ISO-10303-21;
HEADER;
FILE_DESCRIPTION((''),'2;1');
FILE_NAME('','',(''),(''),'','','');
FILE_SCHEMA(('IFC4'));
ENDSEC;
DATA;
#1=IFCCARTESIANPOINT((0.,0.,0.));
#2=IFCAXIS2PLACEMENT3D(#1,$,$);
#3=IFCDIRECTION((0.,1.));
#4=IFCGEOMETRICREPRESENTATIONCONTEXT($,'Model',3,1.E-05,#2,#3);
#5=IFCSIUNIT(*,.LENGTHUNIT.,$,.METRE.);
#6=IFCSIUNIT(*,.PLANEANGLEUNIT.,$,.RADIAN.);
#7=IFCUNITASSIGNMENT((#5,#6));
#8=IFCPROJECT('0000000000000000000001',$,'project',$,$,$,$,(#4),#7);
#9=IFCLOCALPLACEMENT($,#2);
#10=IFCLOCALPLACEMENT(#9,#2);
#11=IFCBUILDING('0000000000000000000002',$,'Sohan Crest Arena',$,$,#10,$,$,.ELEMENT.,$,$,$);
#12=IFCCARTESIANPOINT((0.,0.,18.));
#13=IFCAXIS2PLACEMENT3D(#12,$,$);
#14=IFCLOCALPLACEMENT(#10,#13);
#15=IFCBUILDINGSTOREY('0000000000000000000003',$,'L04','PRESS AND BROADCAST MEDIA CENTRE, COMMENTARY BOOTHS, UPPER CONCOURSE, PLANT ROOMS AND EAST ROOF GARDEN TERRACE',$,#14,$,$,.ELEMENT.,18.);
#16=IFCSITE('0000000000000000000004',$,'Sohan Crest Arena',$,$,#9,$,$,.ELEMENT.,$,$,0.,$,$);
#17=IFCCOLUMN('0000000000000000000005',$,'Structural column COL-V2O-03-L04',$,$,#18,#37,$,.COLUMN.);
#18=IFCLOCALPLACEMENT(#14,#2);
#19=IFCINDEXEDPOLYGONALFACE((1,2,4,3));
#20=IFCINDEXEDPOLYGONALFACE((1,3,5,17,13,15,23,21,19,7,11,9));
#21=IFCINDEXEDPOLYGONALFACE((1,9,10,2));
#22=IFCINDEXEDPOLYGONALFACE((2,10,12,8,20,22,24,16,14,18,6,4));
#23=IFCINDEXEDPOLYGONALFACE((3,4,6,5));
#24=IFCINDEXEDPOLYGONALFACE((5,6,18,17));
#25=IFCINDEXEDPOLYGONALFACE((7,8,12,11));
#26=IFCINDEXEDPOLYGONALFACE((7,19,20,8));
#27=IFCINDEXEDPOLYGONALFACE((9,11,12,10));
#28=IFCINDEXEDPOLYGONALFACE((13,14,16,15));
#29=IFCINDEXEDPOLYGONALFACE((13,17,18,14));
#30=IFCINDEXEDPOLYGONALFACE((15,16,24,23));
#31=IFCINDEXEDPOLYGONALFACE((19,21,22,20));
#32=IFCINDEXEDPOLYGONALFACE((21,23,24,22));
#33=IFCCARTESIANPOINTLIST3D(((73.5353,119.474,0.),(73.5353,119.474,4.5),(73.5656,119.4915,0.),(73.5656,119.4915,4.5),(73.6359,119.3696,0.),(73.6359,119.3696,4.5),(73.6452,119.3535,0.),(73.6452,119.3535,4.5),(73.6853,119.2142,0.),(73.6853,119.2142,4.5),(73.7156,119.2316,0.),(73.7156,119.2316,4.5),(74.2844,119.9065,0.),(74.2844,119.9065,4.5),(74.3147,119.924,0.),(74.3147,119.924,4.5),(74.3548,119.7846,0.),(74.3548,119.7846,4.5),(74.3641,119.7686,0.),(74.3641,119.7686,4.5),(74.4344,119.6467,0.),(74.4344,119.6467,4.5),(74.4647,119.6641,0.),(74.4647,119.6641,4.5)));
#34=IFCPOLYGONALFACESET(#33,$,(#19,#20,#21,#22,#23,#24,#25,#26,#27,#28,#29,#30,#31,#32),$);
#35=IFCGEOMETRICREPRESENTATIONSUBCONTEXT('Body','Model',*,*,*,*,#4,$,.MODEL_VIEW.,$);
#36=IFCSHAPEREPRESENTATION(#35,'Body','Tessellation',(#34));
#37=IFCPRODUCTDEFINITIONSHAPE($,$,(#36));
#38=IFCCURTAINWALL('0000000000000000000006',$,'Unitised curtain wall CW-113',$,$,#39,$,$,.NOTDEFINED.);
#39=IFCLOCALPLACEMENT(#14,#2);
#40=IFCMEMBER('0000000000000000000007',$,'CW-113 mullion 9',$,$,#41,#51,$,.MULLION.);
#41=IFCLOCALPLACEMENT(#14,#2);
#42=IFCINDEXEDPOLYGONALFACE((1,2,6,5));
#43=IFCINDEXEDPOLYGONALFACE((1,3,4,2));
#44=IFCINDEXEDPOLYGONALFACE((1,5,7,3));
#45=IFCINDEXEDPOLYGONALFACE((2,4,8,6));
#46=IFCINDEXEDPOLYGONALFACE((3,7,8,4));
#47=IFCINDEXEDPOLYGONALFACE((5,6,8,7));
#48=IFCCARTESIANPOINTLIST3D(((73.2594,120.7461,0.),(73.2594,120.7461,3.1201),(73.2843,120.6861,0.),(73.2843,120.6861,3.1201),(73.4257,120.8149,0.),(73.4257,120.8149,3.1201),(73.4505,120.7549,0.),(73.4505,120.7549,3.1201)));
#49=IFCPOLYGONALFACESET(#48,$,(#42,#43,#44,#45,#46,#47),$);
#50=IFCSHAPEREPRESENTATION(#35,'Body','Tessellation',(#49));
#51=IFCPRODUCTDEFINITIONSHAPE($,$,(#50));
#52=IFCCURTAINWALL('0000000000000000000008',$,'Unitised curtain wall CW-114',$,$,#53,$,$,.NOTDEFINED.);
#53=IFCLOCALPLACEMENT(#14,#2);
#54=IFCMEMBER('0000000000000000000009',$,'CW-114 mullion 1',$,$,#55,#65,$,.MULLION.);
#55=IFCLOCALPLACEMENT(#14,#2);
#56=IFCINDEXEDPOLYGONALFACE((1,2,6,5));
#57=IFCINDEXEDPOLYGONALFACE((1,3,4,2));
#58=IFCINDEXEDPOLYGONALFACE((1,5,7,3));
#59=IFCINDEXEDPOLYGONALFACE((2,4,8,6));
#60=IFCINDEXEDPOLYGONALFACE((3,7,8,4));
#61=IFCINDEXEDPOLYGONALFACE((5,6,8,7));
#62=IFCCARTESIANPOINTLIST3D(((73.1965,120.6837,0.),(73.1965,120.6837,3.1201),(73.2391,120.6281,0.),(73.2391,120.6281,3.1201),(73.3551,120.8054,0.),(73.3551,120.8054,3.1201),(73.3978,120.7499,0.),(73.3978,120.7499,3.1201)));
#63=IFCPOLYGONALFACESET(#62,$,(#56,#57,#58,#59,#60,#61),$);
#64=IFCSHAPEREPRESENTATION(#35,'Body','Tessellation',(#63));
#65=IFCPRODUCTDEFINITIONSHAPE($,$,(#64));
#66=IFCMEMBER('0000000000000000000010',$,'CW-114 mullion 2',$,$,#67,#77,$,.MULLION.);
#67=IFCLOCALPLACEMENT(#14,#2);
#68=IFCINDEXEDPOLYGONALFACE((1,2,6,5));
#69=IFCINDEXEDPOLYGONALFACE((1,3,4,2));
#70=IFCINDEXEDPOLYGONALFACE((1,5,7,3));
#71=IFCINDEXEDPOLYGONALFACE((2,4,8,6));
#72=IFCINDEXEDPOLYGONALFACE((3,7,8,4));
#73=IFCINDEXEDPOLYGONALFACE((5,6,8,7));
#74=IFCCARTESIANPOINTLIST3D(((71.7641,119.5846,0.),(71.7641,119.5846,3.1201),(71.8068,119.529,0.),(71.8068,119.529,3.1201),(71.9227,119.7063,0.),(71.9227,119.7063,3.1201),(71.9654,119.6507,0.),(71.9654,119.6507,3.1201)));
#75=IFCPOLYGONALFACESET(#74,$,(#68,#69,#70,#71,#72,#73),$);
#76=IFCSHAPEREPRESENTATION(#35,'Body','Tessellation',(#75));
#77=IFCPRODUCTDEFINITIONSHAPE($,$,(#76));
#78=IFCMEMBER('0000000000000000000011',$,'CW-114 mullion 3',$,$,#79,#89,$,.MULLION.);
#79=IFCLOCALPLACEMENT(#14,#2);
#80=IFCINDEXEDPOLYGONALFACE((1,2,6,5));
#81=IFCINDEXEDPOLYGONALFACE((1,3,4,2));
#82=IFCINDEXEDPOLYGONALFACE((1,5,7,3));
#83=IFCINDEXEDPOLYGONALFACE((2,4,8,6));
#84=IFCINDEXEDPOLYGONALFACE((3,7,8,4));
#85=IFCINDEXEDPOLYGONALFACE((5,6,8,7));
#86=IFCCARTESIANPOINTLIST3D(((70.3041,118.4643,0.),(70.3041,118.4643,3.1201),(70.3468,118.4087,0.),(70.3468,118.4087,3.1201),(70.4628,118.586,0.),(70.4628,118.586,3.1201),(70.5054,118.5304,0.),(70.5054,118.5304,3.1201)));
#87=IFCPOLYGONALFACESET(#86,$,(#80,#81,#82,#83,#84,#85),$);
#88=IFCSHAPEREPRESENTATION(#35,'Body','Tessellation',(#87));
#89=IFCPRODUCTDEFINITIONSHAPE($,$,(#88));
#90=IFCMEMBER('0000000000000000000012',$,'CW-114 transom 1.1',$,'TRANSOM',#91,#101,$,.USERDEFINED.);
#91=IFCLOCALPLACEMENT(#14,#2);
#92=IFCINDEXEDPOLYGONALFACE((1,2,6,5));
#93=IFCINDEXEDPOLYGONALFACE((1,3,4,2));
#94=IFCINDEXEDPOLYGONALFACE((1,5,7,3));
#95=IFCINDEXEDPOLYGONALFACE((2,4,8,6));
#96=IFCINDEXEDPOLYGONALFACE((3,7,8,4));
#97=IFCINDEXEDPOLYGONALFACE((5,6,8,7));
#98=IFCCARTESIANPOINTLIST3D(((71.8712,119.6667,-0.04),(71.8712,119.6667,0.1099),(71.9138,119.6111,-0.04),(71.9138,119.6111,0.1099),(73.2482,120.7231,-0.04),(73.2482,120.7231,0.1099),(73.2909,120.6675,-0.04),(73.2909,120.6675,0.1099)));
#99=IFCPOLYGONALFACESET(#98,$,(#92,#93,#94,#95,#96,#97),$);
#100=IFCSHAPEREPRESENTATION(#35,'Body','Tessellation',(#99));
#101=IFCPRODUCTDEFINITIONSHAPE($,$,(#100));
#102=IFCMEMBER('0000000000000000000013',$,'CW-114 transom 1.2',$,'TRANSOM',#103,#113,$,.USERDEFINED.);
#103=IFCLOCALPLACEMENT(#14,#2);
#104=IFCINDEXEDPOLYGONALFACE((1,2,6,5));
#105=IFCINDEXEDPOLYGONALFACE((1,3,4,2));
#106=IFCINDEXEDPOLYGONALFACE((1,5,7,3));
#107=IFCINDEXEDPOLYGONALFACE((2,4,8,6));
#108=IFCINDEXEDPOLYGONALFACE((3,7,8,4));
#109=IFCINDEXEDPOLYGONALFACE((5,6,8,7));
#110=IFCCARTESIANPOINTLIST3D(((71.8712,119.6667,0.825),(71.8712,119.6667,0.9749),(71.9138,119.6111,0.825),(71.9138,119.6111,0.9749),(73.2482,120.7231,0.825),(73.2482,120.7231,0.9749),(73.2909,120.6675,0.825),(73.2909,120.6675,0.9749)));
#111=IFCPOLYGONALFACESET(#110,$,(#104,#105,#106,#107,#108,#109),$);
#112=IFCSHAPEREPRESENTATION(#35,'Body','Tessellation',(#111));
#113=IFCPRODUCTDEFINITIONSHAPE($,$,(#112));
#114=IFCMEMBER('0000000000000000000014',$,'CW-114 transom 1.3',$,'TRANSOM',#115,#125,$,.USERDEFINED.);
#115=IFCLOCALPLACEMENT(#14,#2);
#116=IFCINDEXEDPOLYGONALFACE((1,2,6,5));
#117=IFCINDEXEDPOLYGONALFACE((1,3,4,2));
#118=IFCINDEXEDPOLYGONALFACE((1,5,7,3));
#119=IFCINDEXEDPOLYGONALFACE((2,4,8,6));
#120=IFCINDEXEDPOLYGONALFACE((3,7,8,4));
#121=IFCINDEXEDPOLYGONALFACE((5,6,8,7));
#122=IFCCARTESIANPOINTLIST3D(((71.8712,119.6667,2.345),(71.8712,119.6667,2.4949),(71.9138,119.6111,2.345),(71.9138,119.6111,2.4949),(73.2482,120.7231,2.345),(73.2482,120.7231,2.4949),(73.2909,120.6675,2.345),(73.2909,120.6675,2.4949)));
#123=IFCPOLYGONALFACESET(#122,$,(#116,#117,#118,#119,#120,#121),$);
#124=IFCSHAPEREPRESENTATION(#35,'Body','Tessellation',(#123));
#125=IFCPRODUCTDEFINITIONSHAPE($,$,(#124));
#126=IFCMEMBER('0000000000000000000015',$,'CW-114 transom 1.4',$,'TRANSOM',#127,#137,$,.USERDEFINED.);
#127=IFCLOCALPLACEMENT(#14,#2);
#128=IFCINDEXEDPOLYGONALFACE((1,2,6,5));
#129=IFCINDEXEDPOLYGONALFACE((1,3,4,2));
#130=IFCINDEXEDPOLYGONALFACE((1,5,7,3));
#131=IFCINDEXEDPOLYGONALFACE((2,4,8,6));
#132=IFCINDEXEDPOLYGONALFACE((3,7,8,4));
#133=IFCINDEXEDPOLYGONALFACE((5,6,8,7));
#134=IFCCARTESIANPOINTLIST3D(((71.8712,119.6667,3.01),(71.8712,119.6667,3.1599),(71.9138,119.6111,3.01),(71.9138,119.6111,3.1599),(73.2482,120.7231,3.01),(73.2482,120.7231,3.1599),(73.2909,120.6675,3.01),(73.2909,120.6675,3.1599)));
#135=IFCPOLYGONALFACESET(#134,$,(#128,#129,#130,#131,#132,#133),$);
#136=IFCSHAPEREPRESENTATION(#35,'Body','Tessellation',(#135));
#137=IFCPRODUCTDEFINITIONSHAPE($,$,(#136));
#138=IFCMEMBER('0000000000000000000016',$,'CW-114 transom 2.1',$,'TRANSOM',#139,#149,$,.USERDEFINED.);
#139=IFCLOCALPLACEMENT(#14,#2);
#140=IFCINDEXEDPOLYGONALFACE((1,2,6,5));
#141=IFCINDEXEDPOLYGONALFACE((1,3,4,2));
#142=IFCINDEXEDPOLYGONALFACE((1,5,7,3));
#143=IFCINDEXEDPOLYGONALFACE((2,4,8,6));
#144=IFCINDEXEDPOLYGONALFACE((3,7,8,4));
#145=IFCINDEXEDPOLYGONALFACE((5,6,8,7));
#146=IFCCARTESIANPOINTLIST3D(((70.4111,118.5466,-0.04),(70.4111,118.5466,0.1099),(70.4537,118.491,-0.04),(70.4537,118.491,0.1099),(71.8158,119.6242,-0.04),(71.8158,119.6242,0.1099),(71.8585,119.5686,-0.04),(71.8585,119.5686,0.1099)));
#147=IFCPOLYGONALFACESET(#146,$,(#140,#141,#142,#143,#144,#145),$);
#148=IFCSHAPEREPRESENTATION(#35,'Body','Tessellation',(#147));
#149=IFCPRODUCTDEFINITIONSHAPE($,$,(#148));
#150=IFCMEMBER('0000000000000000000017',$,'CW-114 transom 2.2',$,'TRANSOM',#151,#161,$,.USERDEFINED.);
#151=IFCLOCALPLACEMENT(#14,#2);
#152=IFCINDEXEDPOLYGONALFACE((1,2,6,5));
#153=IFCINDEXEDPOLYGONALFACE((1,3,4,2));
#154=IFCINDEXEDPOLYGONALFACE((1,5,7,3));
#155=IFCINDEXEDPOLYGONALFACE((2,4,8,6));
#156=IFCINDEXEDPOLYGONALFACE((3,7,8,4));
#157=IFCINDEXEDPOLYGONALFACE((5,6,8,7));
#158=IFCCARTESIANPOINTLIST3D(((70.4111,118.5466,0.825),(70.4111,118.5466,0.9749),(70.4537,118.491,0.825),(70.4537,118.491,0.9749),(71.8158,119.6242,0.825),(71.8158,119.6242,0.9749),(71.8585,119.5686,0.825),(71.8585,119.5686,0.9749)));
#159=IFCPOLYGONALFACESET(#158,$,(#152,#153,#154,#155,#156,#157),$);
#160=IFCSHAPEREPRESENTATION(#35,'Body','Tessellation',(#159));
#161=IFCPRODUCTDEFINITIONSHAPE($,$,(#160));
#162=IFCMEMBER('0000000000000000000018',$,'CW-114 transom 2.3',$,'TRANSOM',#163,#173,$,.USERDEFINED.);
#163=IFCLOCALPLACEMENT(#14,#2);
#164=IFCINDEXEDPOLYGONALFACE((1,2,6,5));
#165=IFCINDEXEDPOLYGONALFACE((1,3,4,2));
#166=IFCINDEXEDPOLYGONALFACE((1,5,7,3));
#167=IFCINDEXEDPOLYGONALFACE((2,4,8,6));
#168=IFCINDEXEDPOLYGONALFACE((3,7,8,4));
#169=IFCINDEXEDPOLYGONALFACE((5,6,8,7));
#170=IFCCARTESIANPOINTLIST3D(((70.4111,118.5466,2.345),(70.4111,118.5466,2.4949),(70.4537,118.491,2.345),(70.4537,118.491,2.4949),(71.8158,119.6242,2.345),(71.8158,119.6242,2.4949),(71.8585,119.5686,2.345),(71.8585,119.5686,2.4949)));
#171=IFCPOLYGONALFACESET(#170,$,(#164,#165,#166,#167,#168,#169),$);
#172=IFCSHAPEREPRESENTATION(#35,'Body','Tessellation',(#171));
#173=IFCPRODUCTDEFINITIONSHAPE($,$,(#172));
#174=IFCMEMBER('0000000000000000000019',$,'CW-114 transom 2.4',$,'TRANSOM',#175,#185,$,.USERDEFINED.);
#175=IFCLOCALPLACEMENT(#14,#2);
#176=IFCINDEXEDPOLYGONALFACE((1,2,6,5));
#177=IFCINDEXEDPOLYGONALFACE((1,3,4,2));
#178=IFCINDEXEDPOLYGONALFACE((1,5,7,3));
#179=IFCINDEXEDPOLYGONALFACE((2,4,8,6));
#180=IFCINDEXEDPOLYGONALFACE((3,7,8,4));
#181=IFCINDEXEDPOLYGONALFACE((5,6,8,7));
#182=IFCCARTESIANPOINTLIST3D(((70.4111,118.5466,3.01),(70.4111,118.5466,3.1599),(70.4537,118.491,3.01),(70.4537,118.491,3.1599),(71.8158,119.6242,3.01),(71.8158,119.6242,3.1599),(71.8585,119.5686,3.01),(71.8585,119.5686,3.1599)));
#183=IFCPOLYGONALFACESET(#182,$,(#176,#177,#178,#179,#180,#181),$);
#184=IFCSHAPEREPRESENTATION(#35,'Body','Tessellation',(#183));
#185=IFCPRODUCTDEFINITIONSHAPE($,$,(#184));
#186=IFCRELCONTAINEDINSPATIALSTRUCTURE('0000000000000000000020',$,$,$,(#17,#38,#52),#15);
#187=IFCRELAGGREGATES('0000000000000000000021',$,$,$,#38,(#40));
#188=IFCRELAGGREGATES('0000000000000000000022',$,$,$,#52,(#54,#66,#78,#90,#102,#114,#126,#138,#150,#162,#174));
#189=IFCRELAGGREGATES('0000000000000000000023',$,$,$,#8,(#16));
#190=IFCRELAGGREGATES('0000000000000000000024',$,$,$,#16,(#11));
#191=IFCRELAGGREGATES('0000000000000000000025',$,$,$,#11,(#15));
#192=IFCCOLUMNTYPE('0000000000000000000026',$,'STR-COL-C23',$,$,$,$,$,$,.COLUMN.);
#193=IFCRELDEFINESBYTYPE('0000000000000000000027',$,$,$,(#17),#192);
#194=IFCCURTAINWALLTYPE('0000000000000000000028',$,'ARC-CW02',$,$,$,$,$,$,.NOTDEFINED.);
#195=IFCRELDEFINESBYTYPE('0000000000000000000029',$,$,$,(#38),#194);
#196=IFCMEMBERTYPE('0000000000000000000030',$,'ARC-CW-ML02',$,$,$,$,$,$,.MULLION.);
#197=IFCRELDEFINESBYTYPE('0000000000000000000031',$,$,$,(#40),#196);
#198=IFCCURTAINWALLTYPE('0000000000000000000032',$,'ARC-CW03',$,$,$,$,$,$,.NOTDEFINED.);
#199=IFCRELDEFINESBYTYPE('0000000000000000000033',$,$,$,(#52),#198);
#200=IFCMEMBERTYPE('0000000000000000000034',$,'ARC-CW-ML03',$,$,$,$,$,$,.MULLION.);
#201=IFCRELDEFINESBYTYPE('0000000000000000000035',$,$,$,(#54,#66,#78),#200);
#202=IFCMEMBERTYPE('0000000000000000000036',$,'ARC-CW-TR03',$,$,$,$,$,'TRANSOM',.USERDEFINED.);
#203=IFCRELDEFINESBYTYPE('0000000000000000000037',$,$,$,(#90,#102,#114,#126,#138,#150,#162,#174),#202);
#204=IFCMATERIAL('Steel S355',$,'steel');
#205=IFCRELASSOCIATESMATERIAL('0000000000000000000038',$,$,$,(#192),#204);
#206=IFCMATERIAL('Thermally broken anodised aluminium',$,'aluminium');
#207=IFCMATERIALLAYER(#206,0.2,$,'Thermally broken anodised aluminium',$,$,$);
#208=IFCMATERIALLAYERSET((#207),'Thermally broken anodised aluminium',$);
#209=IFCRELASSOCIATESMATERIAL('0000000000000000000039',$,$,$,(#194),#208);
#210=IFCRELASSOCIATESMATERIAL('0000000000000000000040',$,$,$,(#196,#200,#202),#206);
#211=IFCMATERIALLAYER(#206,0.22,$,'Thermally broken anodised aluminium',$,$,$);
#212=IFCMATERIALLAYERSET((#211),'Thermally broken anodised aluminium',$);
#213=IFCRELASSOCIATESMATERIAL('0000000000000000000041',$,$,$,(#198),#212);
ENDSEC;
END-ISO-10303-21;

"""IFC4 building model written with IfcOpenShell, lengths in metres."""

from ifc_helpers import new_model, si_unit, direction, frame, origin, origin_2d, place, context, subcontext, project, spatial, rectangle, i_section, extrude, material, layer, layer_set, material_profile, profile_set, type_object, element, aggregate, save


model = new_model("IFC4")

# Units and contexts
model_context = context("Model", 3, precision=1e-05, world=origin(), true_north=direction((0.0, 1.0)))
body_context = subcontext(model_context, "Body", "Model", "MODEL_VIEW")
ifc_project = project(units=[si_unit("LENGTHUNIT", "METRE"), si_unit("PLANEANGLEUNIT", "RADIAN")], contexts=[model_context])

# Site, building, storey
site_placement = place(None, origin())
site = spatial("IfcSite", under=ifc_project, at=site_placement, Name="Sohan Crest Arena", CompositionType="ELEMENT", RefElevation=0.0)
building_placement = place(site_placement, origin())
building = spatial("IfcBuilding", under=site, at=building_placement, Name="Sohan Crest Arena", CompositionType="ELEMENT")
storey_placement = place(building_placement, frame((0.0, 0.0, 18.0)))
storey = spatial("IfcBuildingStorey", under=building, at=storey_placement, Name="L04", Description="PRESS AND BROADCAST MEDIA CENTRE, COMMENTARY BOOTHS, UPPER CONCOURSE, PLANT ROOMS AND EAST ROOF GARDEN TERRACE", CompositionType="ELEMENT", Elevation=18.0)

# Column
ifc_material_1 = material(Name="Steel S355", Category="steel")
ifc_material_profile_1 = material_profile(ifc_material_1, i_section(OverallWidth=0.3, OverallDepth=0.8999, WebThickness=0.0186, FlangeThickness=0.0349, at=origin_2d()), Name="HEB 900")
ifc_profile_set_1 = profile_set([ifc_material_profile_1], Name="Steel S355")
column_type = type_object("IfcColumnType", Name="STR-COL-C23", PredefinedType="COLUMN", material=ifc_profile_set_1)
column_placement = place(storey_placement, frame((74.0, 119.5691, 0.0), z_axis=(0.0, 0.0, 1.0), x_axis=(-0.5, 0.866025, 0.0)))
element("IfcColumn", 1, at=column_placement, inside=storey, type_object=column_type, Name="Structural column COL-V2O-03-L04", PredefinedType="COLUMN", context=body_context, shape_type="SweptSolid", body=[
    extrude(i_section(OverallWidth=0.3, OverallDepth=0.8999, WebThickness=0.0186, FlangeThickness=0.0349, at=origin_2d()), origin(), (0.0, 0.0, 1.0), 4.5),
])

# Curtain wall, member
ifc_material_2 = material(Name="Thermally broken anodised aluminium", Category="aluminium")
ifc_layer_1 = layer(ifc_material_2, 0.2, Name="Thermally broken anodised aluminium")
ifc_layer_set_1 = layer_set([ifc_layer_1], Name="Thermally broken anodised aluminium")
curtain_wall_type_1 = type_object("IfcCurtainWallType", Name="ARC-CW02", PredefinedType="NOTDEFINED", material=ifc_layer_set_1)
curtain_wall_1_placement = place(storey_placement, origin())
curtain_wall_1 = element("IfcCurtainWall", 2, at=curtain_wall_1_placement, inside=storey, type_object=curtain_wall_type_1, Name="Unitised curtain wall CW-113", PredefinedType="NOTDEFINED")
ifc_material_profile_2 = material_profile(ifc_material_2, rectangle(XDim=0.0649, YDim=0.1799, at=origin_2d()), Name="ALU-MULL 65x180")
ifc_profile_set_2 = profile_set([ifc_material_profile_2], Name="Thermally broken anodised aluminium")
member_type_1 = type_object("IfcMemberType", Name="ARC-CW-ML02", PredefinedType="MULLION", material=ifc_profile_set_2)
member_1_placement = place(storey_placement, frame((73.355, 120.7505, 0.0), z_axis=(0.0, 0.0, 1.0), x_axis=(0.382685, -0.923879, 0.0)))
member_1 = element("IfcMember", 3, at=member_1_placement, type_object=member_type_1, Name="CW-113 mullion 9", PredefinedType="MULLION", context=body_context, shape_type="SweptSolid", body=[
    extrude(rectangle(XDim=0.0649, YDim=0.1799, at=origin_2d()), origin(), (0.0, 0.0, 1.0), 3.1201),
])
aggregate(curtain_wall_1, [member_1])

# Curtain wall, members
ifc_layer_2 = layer(ifc_material_2, 0.22, Name="Thermally broken anodised aluminium")
ifc_layer_set_2 = layer_set([ifc_layer_2], Name="Thermally broken anodised aluminium")
curtain_wall_type_2 = type_object("IfcCurtainWallType", Name="ARC-CW03", PredefinedType="NOTDEFINED", material=ifc_layer_set_2)
curtain_wall_2_placement = place(storey_placement, origin())
curtain_wall_2 = element("IfcCurtainWall", 4, at=curtain_wall_2_placement, inside=storey, type_object=curtain_wall_type_2, Name="Unitised curtain wall CW-114", PredefinedType="NOTDEFINED")
ifc_material_profile_3 = material_profile(ifc_material_2, rectangle(XDim=0.0701, YDim=0.2, at=origin_2d()), Name="ALU-MULL 70x200")
ifc_profile_set_3 = profile_set([ifc_material_profile_3], Name="Thermally broken anodised aluminium")
member_type_2 = type_object("IfcMemberType", Name="ARC-CW-ML03", PredefinedType="MULLION", material=ifc_profile_set_3)
member_2_placement = place(storey_placement, frame((73.2971, 120.7168, 0.0), z_axis=(0.0, 0.0, 1.0), x_axis=(0.60872, -0.793385, 0.0)))
member_2 = element("IfcMember", 5, at=member_2_placement, type_object=member_type_2, Name="CW-114 mullion 1", PredefinedType="MULLION", context=body_context, shape_type="SweptSolid", body=[
    extrude(rectangle(XDim=0.0701, YDim=0.2, at=origin_2d()), origin(), (0.0, 0.0, 1.0), 3.1201),
])
member_3_placement = place(storey_placement, frame((71.8647, 119.6177, 0.0), z_axis=(0.0, 0.0, 1.0), x_axis=(0.60872, -0.793385, 0.0)))
member_3 = element("IfcMember", 6, at=member_3_placement, type_object=member_type_2, Name="CW-114 mullion 2", PredefinedType="MULLION", context=body_context, shape_type="SweptSolid", body=[
    extrude(rectangle(XDim=0.0701, YDim=0.2, at=origin_2d()), origin(), (0.0, 0.0, 1.0), 3.1201),
])
member_4_placement = place(storey_placement, frame((70.4048, 118.4973, 0.0), z_axis=(0.0, 0.0, 1.0), x_axis=(0.60872, -0.793385, 0.0)))
member_4 = element("IfcMember", 7, at=member_4_placement, type_object=member_type_2, Name="CW-114 mullion 3", PredefinedType="MULLION", context=body_context, shape_type="SweptSolid", body=[
    extrude(rectangle(XDim=0.0701, YDim=0.2, at=origin_2d()), origin(), (0.0, 0.0, 1.0), 3.1201),
])
ifc_material_profile_4 = material_profile(ifc_material_2, rectangle(XDim=0.0701, YDim=0.1499, at=origin_2d()), Name="ALU-TRAN 70x150")
ifc_profile_set_4 = profile_set([ifc_material_profile_4], Name="Thermally broken anodised aluminium")
member_type_3 = type_object("IfcMemberType", Name="ARC-CW-TR03", ElementType="TRANSOM", PredefinedType="USERDEFINED", material=ifc_profile_set_4)
member_5_placement = place(storey_placement, frame((73.2695, 120.6953, 0.0349), z_axis=(-0.793403, -0.608697, 0.0), x_axis=(0.608697, -0.793403, 0.0)))
member_5 = element("IfcMember", 8, at=member_5_placement, type_object=member_type_3, Name="CW-114 transom 1.1", ObjectType="TRANSOM", PredefinedType="USERDEFINED", context=body_context, shape_type="SweptSolid", body=[
    extrude(rectangle(XDim=0.0701, YDim=0.1499, at=origin_2d()), origin(), (0.0, 0.0, 1.0), 1.7356),
])
member_6_placement = place(storey_placement, frame((73.2695, 120.6953, 0.8999), z_axis=(-0.793403, -0.608697, 0.0), x_axis=(0.608697, -0.793403, 0.0)))
member_6 = element("IfcMember", 9, at=member_6_placement, type_object=member_type_3, Name="CW-114 transom 1.2", ObjectType="TRANSOM", PredefinedType="USERDEFINED", context=body_context, shape_type="SweptSolid", body=[
    extrude(rectangle(XDim=0.0701, YDim=0.1499, at=origin_2d()), origin(), (0.0, 0.0, 1.0), 1.7356),
])
member_7_placement = place(storey_placement, frame((73.2695, 120.6953, 2.4199), z_axis=(-0.793403, -0.608697, 0.0), x_axis=(0.608697, -0.793403, 0.0)))
member_7 = element("IfcMember", 10, at=member_7_placement, type_object=member_type_3, Name="CW-114 transom 1.3", ObjectType="TRANSOM", PredefinedType="USERDEFINED", context=body_context, shape_type="SweptSolid", body=[
    extrude(rectangle(XDim=0.0701, YDim=0.1499, at=origin_2d()), origin(), (0.0, 0.0, 1.0), 1.7356),
])
member_8_placement = place(storey_placement, frame((73.2695, 120.6953, 3.085), z_axis=(-0.793403, -0.608697, 0.0), x_axis=(0.608697, -0.793403, 0.0)))
member_8 = element("IfcMember", 11, at=member_8_placement, type_object=member_type_3, Name="CW-114 transom 1.4", ObjectType="TRANSOM", PredefinedType="USERDEFINED", context=body_context, shape_type="SweptSolid", body=[
    extrude(rectangle(XDim=0.0701, YDim=0.1499, at=origin_2d()), origin(), (0.0, 0.0, 1.0), 1.7356),
])
member_9_placement = place(storey_placement, frame((71.8372, 119.5964, 0.0349), z_axis=(-0.793433, -0.608657, 0.0), x_axis=(0.608657, -0.793433, 0.0)))
member_9 = element("IfcMember", 12, at=member_9_placement, type_object=member_type_3, Name="CW-114 transom 2.1", ObjectType="TRANSOM", PredefinedType="USERDEFINED", context=body_context, shape_type="SweptSolid", body=[
    extrude(rectangle(XDim=0.0701, YDim=0.1499, at=origin_2d()), origin(), (0.0, 0.0, 1.0), 1.7705),
])
member_10_placement = place(storey_placement, frame((71.8372, 119.5964, 0.8999), z_axis=(-0.793433, -0.608657, 0.0), x_axis=(0.608657, -0.793433, 0.0)))
member_10 = element("IfcMember", 13, at=member_10_placement, type_object=member_type_3, Name="CW-114 transom 2.2", ObjectType="TRANSOM", PredefinedType="USERDEFINED", context=body_context, shape_type="SweptSolid", body=[
    extrude(rectangle(XDim=0.0701, YDim=0.1499, at=origin_2d()), origin(), (0.0, 0.0, 1.0), 1.7705),
])
member_11_placement = place(storey_placement, frame((71.8372, 119.5964, 2.4199), z_axis=(-0.793433, -0.608657, 0.0), x_axis=(0.608657, -0.793433, 0.0)))
member_11 = element("IfcMember", 14, at=member_11_placement, type_object=member_type_3, Name="CW-114 transom 2.3", ObjectType="TRANSOM", PredefinedType="USERDEFINED", context=body_context, shape_type="SweptSolid", body=[
    extrude(rectangle(XDim=0.0701, YDim=0.1499, at=origin_2d()), origin(), (0.0, 0.0, 1.0), 1.7705),
])
member_12_placement = place(storey_placement, frame((71.8372, 119.5964, 3.085), z_axis=(-0.793433, -0.608657, 0.0), x_axis=(0.608657, -0.793433, 0.0)))
member_12 = element("IfcMember", 15, at=member_12_placement, type_object=member_type_3, Name="CW-114 transom 2.4", ObjectType="TRANSOM", PredefinedType="USERDEFINED", context=body_context, shape_type="SweptSolid", body=[
    extrude(rectangle(XDim=0.0701, YDim=0.1499, at=origin_2d()), origin(), (0.0, 0.0, 1.0), 1.7705),
])

aggregate(curtain_wall_2, [member_2, member_3, member_4, member_5, member_6, member_7, member_8, member_9, member_10, member_11, member_12])

save(model, "model.ifc")
